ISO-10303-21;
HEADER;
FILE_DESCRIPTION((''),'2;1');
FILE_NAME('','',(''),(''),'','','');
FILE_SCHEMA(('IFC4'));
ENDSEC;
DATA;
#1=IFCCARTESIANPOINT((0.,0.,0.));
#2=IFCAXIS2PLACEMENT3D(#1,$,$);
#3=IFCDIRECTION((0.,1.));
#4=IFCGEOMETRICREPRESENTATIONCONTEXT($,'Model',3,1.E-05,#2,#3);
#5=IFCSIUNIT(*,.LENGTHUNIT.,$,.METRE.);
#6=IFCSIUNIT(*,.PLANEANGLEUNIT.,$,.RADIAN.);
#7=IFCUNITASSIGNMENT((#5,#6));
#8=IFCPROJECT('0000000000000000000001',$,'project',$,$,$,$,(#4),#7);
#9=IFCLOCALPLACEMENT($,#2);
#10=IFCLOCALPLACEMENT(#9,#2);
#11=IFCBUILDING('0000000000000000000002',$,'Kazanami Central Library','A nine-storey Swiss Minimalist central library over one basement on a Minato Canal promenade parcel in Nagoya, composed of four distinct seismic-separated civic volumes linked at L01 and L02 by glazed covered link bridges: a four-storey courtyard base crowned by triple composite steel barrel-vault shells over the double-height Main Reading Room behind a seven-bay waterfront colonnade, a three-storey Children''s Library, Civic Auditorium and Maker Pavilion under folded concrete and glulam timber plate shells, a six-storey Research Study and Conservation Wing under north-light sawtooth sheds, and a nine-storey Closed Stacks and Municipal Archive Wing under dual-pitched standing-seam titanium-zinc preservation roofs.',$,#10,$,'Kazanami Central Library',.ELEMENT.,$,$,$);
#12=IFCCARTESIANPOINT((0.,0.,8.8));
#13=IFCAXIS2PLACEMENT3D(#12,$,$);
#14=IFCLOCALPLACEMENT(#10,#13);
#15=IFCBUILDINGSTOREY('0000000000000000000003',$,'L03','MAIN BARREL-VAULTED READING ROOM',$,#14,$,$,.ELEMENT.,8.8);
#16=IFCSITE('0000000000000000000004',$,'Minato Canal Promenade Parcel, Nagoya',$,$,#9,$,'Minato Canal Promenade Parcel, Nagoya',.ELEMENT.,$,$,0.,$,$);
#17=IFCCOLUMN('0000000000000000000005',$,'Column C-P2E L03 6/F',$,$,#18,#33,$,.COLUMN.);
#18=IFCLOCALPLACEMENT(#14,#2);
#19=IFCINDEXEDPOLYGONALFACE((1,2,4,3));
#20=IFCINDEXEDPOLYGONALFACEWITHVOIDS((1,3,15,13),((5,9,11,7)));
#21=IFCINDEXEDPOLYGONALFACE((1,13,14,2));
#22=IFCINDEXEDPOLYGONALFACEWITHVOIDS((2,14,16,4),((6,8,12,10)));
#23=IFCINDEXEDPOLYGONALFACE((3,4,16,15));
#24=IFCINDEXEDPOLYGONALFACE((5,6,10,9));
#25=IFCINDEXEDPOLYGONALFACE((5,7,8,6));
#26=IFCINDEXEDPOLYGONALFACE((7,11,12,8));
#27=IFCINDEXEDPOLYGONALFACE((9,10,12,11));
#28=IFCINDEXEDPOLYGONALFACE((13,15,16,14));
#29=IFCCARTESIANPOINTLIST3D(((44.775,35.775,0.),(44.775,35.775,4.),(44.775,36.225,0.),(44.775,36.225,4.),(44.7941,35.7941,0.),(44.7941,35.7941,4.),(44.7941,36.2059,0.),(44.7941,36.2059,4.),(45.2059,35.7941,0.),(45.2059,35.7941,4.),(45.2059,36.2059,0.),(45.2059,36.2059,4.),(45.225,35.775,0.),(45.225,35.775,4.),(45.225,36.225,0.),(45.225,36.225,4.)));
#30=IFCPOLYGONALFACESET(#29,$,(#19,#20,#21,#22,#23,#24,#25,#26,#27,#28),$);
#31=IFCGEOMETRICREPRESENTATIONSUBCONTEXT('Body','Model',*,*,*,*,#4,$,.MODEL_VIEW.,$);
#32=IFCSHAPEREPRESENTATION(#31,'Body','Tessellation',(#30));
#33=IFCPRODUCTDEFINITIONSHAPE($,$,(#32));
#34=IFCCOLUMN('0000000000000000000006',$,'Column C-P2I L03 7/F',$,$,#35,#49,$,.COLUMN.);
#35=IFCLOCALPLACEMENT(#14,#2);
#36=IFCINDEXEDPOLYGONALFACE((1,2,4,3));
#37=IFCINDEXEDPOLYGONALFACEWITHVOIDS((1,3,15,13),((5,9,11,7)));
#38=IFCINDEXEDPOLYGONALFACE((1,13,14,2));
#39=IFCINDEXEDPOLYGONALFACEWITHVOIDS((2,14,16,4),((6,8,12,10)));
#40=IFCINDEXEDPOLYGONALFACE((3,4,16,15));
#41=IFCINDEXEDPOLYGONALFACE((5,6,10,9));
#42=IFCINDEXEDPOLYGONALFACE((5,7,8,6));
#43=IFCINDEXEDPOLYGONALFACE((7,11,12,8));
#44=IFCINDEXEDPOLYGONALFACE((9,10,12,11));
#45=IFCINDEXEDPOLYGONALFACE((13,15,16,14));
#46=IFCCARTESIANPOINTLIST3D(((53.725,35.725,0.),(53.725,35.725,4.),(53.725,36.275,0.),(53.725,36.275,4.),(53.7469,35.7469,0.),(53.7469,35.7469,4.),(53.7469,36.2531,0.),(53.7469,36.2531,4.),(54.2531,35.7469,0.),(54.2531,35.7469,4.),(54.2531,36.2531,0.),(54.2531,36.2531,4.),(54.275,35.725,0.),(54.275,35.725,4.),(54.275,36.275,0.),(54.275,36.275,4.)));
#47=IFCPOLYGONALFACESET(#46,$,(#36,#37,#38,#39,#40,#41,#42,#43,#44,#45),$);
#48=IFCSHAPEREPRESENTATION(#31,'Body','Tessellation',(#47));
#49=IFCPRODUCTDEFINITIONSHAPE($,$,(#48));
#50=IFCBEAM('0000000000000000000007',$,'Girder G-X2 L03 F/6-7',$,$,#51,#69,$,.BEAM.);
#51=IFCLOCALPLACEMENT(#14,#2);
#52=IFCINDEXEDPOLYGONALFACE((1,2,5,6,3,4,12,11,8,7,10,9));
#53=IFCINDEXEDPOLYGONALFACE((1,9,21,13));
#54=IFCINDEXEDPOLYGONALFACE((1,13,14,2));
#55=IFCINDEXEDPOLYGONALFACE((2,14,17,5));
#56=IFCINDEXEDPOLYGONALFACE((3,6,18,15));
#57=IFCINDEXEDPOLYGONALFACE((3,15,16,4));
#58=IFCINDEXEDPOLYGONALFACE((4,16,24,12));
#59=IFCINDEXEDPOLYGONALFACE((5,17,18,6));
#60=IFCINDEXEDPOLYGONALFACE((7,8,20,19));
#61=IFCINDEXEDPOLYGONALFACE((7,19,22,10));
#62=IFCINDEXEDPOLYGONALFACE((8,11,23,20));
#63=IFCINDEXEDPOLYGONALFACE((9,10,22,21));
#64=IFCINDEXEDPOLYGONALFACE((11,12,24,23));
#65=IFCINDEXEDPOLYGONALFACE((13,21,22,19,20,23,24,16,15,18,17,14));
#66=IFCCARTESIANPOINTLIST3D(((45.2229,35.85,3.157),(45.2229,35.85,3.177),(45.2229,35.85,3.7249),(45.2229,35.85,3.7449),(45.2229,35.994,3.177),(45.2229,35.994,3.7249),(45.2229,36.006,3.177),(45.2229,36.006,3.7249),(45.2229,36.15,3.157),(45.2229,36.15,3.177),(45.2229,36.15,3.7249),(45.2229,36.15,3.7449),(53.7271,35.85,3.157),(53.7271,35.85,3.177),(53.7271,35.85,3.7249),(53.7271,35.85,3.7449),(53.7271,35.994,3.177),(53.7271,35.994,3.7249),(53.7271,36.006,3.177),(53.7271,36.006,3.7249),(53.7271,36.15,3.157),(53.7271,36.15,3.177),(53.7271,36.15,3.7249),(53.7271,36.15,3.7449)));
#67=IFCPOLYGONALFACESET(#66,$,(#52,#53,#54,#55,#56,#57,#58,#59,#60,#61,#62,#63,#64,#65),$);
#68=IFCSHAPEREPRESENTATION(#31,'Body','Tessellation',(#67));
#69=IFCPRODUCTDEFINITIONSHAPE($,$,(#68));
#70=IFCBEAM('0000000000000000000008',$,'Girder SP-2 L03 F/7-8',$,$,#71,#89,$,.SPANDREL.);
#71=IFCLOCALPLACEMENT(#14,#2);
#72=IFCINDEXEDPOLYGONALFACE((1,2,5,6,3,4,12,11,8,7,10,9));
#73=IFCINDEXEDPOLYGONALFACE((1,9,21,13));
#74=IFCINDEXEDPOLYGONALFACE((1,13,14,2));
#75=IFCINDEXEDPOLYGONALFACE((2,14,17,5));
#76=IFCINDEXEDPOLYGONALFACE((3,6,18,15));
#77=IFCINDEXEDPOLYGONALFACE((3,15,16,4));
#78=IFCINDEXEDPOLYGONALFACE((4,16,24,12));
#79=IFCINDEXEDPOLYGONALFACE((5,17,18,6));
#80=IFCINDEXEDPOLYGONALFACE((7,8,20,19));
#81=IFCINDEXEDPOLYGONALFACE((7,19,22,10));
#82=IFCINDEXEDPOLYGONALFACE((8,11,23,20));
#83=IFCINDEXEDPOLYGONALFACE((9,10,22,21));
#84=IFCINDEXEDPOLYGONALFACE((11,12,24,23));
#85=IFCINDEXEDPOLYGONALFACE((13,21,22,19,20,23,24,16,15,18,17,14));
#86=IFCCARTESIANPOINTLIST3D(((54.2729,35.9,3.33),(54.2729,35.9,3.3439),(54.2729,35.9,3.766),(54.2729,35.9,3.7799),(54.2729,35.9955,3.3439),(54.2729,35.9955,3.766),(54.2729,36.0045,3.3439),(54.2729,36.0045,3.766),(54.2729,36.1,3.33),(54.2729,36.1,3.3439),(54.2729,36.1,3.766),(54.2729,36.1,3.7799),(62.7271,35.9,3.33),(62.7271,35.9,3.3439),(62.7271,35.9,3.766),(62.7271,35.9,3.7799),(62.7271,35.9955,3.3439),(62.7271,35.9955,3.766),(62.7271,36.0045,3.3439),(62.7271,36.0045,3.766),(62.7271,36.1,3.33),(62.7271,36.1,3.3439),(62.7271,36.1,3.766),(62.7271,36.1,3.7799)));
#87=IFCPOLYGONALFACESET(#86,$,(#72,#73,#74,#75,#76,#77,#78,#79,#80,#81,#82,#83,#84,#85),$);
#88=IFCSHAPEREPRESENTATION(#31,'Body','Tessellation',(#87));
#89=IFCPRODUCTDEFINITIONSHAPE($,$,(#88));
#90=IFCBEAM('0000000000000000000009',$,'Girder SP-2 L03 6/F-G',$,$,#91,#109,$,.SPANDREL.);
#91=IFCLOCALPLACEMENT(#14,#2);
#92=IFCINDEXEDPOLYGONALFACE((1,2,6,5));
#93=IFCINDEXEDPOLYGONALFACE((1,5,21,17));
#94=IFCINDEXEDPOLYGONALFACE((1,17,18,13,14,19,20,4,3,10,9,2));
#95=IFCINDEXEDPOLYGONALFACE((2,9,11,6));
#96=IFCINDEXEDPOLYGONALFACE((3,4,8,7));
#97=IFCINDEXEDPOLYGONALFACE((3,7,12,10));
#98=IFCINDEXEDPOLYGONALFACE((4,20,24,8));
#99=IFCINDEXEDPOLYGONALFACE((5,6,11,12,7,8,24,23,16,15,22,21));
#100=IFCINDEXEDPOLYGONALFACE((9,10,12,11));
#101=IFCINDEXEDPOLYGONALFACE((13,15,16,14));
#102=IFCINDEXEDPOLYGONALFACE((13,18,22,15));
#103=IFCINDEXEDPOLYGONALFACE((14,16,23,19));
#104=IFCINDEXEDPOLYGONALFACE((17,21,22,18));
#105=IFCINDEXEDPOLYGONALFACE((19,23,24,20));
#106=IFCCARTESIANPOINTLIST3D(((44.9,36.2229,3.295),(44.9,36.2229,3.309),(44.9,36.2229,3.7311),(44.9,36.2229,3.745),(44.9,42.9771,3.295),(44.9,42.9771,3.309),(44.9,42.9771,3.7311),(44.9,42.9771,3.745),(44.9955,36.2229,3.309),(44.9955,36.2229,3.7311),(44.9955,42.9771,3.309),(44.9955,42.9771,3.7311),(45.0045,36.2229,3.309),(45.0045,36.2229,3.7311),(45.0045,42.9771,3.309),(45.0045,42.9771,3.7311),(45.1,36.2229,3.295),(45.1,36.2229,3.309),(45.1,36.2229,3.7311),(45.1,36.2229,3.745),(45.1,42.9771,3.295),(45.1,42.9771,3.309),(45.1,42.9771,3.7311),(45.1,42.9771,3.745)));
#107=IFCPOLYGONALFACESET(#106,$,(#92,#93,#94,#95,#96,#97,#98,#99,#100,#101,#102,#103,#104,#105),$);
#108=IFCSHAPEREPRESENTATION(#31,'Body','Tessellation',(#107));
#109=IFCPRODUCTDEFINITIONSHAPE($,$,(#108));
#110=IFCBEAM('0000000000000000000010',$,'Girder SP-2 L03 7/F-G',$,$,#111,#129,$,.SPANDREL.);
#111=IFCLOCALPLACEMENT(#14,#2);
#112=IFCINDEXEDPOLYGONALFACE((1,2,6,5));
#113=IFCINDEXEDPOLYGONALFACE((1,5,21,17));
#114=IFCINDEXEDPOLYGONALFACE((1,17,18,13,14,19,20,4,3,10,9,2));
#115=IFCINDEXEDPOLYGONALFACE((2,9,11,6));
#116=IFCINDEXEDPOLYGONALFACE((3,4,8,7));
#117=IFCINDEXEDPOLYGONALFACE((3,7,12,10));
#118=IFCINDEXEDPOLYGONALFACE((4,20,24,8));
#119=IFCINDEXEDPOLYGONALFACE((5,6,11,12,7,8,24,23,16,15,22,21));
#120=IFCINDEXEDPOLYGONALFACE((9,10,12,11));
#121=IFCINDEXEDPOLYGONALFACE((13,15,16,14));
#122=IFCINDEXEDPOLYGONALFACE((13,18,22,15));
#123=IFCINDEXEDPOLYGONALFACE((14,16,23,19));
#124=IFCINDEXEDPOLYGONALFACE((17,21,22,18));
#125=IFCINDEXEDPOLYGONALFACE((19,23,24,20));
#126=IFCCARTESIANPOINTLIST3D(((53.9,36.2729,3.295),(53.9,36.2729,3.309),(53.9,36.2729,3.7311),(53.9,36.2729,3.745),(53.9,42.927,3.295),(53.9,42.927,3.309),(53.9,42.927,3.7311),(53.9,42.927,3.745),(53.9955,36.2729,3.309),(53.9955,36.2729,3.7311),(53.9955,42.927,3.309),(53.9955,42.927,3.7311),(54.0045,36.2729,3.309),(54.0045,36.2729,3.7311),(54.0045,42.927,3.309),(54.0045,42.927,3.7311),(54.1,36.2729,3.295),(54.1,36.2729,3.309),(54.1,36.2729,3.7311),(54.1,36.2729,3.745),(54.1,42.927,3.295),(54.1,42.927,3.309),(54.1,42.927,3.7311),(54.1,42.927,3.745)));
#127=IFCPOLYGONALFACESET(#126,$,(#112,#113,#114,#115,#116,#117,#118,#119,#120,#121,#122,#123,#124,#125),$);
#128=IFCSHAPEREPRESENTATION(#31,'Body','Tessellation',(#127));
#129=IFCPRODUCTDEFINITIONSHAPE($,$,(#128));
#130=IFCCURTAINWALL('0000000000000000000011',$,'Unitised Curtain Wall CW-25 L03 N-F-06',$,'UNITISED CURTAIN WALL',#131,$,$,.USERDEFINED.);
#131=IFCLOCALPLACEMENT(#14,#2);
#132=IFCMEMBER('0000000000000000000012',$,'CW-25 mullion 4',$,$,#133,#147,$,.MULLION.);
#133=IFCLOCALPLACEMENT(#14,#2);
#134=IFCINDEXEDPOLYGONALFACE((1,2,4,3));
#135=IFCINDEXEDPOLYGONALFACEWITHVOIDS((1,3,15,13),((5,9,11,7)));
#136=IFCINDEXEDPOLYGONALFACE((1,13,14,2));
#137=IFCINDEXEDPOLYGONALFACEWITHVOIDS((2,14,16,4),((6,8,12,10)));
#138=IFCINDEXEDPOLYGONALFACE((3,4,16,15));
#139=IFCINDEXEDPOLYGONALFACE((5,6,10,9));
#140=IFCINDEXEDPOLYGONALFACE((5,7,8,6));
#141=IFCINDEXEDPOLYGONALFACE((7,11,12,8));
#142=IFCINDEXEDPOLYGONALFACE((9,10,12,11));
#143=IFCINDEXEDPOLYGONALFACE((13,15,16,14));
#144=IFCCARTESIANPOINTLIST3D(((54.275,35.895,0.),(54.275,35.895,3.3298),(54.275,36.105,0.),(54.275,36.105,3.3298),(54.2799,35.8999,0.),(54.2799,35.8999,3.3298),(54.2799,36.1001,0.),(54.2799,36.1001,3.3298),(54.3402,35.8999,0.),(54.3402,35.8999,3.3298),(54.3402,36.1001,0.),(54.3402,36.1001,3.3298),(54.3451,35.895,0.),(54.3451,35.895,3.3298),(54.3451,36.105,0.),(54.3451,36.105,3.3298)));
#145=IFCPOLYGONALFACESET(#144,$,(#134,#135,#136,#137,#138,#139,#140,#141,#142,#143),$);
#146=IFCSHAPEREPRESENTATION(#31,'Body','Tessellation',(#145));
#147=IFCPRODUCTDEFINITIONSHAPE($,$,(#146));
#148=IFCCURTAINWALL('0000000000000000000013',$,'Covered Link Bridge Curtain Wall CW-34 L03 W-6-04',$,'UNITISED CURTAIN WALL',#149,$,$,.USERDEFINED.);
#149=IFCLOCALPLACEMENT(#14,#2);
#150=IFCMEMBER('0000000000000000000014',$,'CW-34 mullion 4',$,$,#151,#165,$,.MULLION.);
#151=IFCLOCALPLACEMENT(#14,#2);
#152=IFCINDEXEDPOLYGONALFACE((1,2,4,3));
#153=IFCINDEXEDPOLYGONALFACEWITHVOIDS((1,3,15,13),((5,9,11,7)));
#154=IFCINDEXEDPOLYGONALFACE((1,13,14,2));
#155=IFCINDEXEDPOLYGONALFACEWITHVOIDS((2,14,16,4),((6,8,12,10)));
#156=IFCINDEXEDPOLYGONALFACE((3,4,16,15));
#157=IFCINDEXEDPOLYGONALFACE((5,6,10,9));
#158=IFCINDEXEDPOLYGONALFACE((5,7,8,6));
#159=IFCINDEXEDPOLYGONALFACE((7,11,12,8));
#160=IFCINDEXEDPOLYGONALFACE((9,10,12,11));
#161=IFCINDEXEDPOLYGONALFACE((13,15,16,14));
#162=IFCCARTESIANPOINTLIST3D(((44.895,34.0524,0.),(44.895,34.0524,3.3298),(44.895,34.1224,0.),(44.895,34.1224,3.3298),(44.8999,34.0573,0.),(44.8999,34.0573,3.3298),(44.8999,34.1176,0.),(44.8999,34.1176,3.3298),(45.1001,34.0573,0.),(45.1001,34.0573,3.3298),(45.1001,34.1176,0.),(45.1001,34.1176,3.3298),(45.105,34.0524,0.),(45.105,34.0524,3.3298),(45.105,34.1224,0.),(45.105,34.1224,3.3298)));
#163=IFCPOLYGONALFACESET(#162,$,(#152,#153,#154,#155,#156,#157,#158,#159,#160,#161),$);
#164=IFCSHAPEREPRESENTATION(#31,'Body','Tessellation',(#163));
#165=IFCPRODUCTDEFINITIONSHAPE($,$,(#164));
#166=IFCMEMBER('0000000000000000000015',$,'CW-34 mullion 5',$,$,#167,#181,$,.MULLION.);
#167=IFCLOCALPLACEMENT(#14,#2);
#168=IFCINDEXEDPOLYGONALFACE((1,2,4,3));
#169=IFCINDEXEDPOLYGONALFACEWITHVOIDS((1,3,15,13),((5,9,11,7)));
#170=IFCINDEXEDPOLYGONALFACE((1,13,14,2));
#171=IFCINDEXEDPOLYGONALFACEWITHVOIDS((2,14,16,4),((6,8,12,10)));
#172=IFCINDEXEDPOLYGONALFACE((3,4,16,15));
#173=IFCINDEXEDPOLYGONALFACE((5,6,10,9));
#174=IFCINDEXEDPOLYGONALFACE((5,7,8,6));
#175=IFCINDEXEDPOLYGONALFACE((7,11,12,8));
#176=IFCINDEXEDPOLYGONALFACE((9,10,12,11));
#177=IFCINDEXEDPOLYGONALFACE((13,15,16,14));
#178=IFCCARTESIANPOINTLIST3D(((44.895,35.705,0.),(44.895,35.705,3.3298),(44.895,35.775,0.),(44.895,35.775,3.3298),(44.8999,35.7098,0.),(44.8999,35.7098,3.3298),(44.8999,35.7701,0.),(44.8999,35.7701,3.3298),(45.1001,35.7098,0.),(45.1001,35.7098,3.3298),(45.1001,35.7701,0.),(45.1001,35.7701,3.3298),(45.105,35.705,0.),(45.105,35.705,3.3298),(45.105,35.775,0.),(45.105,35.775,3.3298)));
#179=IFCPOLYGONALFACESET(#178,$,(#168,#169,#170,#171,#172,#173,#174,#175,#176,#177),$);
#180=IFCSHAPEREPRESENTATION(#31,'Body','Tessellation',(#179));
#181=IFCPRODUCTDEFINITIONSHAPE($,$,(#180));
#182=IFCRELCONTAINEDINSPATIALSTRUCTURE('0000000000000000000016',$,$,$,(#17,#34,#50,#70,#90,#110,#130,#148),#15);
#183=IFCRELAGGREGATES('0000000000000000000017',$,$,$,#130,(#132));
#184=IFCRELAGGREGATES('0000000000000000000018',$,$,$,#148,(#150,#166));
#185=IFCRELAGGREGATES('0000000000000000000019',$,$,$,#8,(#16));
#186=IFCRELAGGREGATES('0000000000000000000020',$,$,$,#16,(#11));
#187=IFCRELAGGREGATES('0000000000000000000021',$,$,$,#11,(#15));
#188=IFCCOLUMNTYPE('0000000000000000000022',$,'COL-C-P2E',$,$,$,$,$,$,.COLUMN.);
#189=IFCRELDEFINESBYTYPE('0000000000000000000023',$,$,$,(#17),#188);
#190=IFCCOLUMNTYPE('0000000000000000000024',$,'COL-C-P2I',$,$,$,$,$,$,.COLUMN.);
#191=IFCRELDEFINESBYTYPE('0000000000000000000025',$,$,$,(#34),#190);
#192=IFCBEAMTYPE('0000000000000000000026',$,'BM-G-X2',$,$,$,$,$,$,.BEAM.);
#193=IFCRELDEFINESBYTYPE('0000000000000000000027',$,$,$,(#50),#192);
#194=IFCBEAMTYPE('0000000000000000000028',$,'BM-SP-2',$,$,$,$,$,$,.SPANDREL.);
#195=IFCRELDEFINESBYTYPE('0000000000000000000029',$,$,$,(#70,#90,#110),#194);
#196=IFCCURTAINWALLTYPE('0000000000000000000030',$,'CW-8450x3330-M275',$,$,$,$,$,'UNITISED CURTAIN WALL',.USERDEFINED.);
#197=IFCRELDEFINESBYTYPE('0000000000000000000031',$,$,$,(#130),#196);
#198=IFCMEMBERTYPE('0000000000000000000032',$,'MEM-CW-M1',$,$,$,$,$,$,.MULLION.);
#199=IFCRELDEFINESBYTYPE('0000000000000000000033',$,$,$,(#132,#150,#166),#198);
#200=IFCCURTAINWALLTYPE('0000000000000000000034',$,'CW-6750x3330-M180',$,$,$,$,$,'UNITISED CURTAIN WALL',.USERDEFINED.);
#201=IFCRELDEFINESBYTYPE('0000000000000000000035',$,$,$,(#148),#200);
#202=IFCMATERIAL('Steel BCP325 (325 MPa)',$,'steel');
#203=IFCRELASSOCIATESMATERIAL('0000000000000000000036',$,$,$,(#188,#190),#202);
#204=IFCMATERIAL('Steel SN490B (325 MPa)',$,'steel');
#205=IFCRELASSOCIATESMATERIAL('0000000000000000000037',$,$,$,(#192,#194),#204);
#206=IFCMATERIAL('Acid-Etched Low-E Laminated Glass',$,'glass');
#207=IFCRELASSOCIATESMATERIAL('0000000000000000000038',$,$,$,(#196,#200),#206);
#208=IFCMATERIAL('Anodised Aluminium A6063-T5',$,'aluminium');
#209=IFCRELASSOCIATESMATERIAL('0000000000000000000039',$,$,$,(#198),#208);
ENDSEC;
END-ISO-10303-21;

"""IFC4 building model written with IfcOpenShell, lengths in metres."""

from ifc_helpers import new_model, si_unit, direction, frame, origin, origin_2d, place, context, subcontext, project, spatial, hollow_rectangle, i_section, extrude, material, material_profile, profile_set, type_object, element, aggregate, save


model = new_model("IFC4")

# Units and contexts
model_context = context("Model", 3, precision=1e-05, world=origin(), true_north=direction((0.0, 1.0)))
body_context = subcontext(model_context, "Body", "Model", "MODEL_VIEW")
ifc_project = project(units=[si_unit("LENGTHUNIT", "METRE"), si_unit("PLANEANGLEUNIT", "RADIAN")], contexts=[model_context])

# Site, building, storey
site_placement = place(None, origin())
site = spatial("IfcSite", under=ifc_project, at=site_placement, Name="Minato Canal Promenade Parcel, Nagoya", LongName="Minato Canal Promenade Parcel, Nagoya", CompositionType="ELEMENT", RefElevation=0.0)
building_placement = place(site_placement, origin())
building = spatial("IfcBuilding", under=site, at=building_placement, Name="Kazanami Central Library", Description="A nine-storey Swiss Minimalist central library over one basement on a Minato Canal promenade parcel in Nagoya, composed of four distinct seismic-separated civic volumes linked at L01 and L02 by glazed covered link bridges: a four-storey courtyard base crowned by triple composite steel barrel-vault shells over the double-height Main Reading Room behind a seven-bay waterfront colonnade, a three-storey Children's Library, Civic Auditorium and Maker Pavilion under folded concrete and glulam timber plate shells, a six-storey Research Study and Conservation Wing under north-light sawtooth sheds, and a nine-storey Closed Stacks and Municipal Archive Wing under dual-pitched standing-seam titanium-zinc preservation roofs.", LongName="Kazanami Central Library", CompositionType="ELEMENT")
storey_placement = place(building_placement, frame((0.0, 0.0, 8.8)))
storey = spatial("IfcBuildingStorey", under=building, at=storey_placement, Name="L03", Description="MAIN BARREL-VAULTED READING ROOM", CompositionType="ELEMENT", Elevation=8.8)

# Columns
ifc_material_1 = material(Name="Steel BCP325 (325 MPa)", Category="steel")
ifc_material_profile_1 = material_profile(ifc_material_1, hollow_rectangle(XDim=0.45, YDim=0.45, WallThickness=0.019, at=origin_2d()), Name="BCP-450x450x19")
ifc_profile_set_1 = profile_set([ifc_material_profile_1], Name="Steel BCP325 (325 MPa)")
column_type_1 = type_object("IfcColumnType", Name="COL-C-P2E", PredefinedType="COLUMN", material=ifc_profile_set_1)
column_1_placement = place(storey_placement, frame((45.0, 36.0, 0.0), z_axis=(0.0, 0.0, 1.0), x_axis=(1.0, 0.0, 0.0)))
element("IfcColumn", 1, at=column_1_placement, inside=storey, type_object=column_type_1, Name="Column C-P2E L03 6/F", PredefinedType="COLUMN", context=body_context, shape_type="SweptSolid", body=[
    extrude(hollow_rectangle(XDim=0.45, YDim=0.45, WallThickness=0.019, at=origin_2d()), origin(), (0.0, 0.0, 1.0), 4.0),
])
ifc_material_profile_2 = material_profile(ifc_material_1, hollow_rectangle(XDim=0.55, YDim=0.55, WallThickness=0.022, at=origin_2d()), Name="BCP-550x550x22")
ifc_profile_set_2 = profile_set([ifc_material_profile_2], Name="Steel BCP325 (325 MPa)")
column_type_2 = type_object("IfcColumnType", Name="COL-C-P2I", PredefinedType="COLUMN", material=ifc_profile_set_2)
column_2_placement = place(storey_placement, frame((54.0, 36.0, 0.0), z_axis=(0.0, 0.0, 1.0), x_axis=(1.0, 0.0, 0.0)))
element("IfcColumn", 2, at=column_2_placement, inside=storey, type_object=column_type_2, Name="Column C-P2I L03 7/F", PredefinedType="COLUMN", context=body_context, shape_type="SweptSolid", body=[
    extrude(hollow_rectangle(XDim=0.55, YDim=0.55, WallThickness=0.022, at=origin_2d()), origin(), (0.0, 0.0, 1.0), 4.0),
])

# Beams
ifc_material_2 = material(Name="Steel SN490B (325 MPa)", Category="steel")
ifc_material_profile_3 = material_profile(ifc_material_2, i_section(OverallWidth=0.3, OverallDepth=0.5879, WebThickness=0.012, FlangeThickness=0.02, at=origin_2d()), Name="H-588x300x12x20")
ifc_profile_set_3 = profile_set([ifc_material_profile_3], Name="Steel SN490B (325 MPa)")
beam_type_1 = type_object("IfcBeamType", Name="BM-G-X2", PredefinedType="BEAM", material=ifc_profile_set_3)
beam_1_placement = place(storey_placement, frame((45.2229, 36.0, 3.4509), z_axis=(1.0, 0.0, 0.0), x_axis=(0.0, 1.0, 0.0)))
element("IfcBeam", 3, at=beam_1_placement, inside=storey, type_object=beam_type_1, Name="Girder G-X2 L03 F/6-7", PredefinedType="BEAM", context=body_context, shape_type="SweptSolid", body=[
    extrude(i_section(OverallWidth=0.3, OverallDepth=0.5879, WebThickness=0.012, FlangeThickness=0.02, at=origin_2d()), origin(), (0.0, 0.0, 1.0), 8.5042),
])
ifc_material_profile_4 = material_profile(ifc_material_2, i_section(OverallWidth=0.2, OverallDepth=0.45, WebThickness=0.009, FlangeThickness=0.0139, at=origin_2d()), Name="H-450x200x9x14")
ifc_profile_set_4 = profile_set([ifc_material_profile_4], Name="Steel SN490B (325 MPa)")
beam_type_2 = type_object("IfcBeamType", Name="BM-SP-2", PredefinedType="SPANDREL", material=ifc_profile_set_4)
beam_2_placement = place(storey_placement, frame((54.2729, 36.0, 3.5549), z_axis=(1.0, 0.0, 0.0), x_axis=(0.0, 1.0, 0.0)))
element("IfcBeam", 4, at=beam_2_placement, inside=storey, type_object=beam_type_2, Name="Girder SP-2 L03 F/7-8", PredefinedType="SPANDREL", context=body_context, shape_type="SweptSolid", body=[
    extrude(i_section(OverallWidth=0.2, OverallDepth=0.45, WebThickness=0.009, FlangeThickness=0.0139, at=origin_2d()), origin(), (0.0, 0.0, 1.0), 8.4541),
])
beam_3_placement = place(storey_placement, frame((45.0, 36.2229, 3.52), z_axis=(0.0, 1.0, 0.0), x_axis=(-1.0, 0.0, 0.0)))
element("IfcBeam", 5, at=beam_3_placement, inside=storey, type_object=beam_type_2, Name="Girder SP-2 L03 6/F-G", PredefinedType="SPANDREL", context=body_context, shape_type="SweptSolid", body=[
    extrude(i_section(OverallWidth=0.2, OverallDepth=0.45, WebThickness=0.009, FlangeThickness=0.0139, at=origin_2d()), origin(), (0.0, 0.0, 1.0), 6.7542),
])
beam_4_placement = place(storey_placement, frame((54.0, 36.2729, 3.52), z_axis=(0.0, 1.0, 0.0), x_axis=(-1.0, 0.0, 0.0)))
element("IfcBeam", 6, at=beam_4_placement, inside=storey, type_object=beam_type_2, Name="Girder SP-2 L03 7/F-G", PredefinedType="SPANDREL", context=body_context, shape_type="SweptSolid", body=[
    extrude(i_section(OverallWidth=0.2, OverallDepth=0.45, WebThickness=0.009, FlangeThickness=0.0139, at=origin_2d()), origin(), (0.0, 0.0, 1.0), 6.6541),
])

# Curtain wall, member
ifc_material_3 = material(Name="Acid-Etched Low-E Laminated Glass", Category="glass")
curtain_wall_type_1 = type_object("IfcCurtainWallType", Name="CW-8450x3330-M275", ElementType="UNITISED CURTAIN WALL", PredefinedType="USERDEFINED", material=ifc_material_3)
curtain_wall_1_placement = place(storey_placement, origin())
curtain_wall_1 = element("IfcCurtainWall", 7, at=curtain_wall_1_placement, inside=storey, type_object=curtain_wall_type_1, Name="Unitised Curtain Wall CW-25 L03 N-F-06", ObjectType="UNITISED CURTAIN WALL", PredefinedType="USERDEFINED")
ifc_material_4 = material(Name="Anodised Aluminium A6063-T5", Category="aluminium")
ifc_material_profile_5 = material_profile(ifc_material_4, hollow_rectangle(XDim=0.0701, YDim=0.21, WallThickness=0.0049, at=origin_2d()), Name="ALU-MULL-70x210x5")
ifc_profile_set_5 = profile_set([ifc_material_profile_5], Name="Anodised Aluminium A6063-T5")
member_type_1 = type_object("IfcMemberType", Name="MEM-CW-M1", PredefinedType="MULLION", material=ifc_profile_set_5)
member_1_placement = place(storey_placement, frame((54.3101, 36.0, 0.0), z_axis=(0.0, 0.0, 1.0), x_axis=(-1.0, 0.0, 0.0)))
member_1 = element("IfcMember", 8, at=member_1_placement, type_object=member_type_1, Name="CW-25 mullion 4", PredefinedType="MULLION", context=body_context, shape_type="SweptSolid", body=[
    extrude(hollow_rectangle(XDim=0.0701, YDim=0.21, WallThickness=0.0049, at=origin_2d()), origin(), (0.0, 0.0, 1.0), 3.3298),
])

# Curtain wall, members
curtain_wall_type_2 = type_object("IfcCurtainWallType", Name="CW-6750x3330-M180", ElementType="UNITISED CURTAIN WALL", PredefinedType="USERDEFINED", material=ifc_material_3)
curtain_wall_2_placement = place(storey_placement, origin())
curtain_wall_2 = element("IfcCurtainWall", 9, at=curtain_wall_2_placement, inside=storey, type_object=curtain_wall_type_2, Name="Covered Link Bridge Curtain Wall CW-34 L03 W-6-04", ObjectType="UNITISED CURTAIN WALL", PredefinedType="USERDEFINED")
member_2_placement = place(storey_placement, frame((45.0, 34.0874, 0.0), z_axis=(0.0, 0.0, 1.0), x_axis=(0.0, 1.0, 0.0)))
member_2 = element("IfcMember", 10, at=member_2_placement, type_object=member_type_1, Name="CW-34 mullion 4", PredefinedType="MULLION", context=body_context, shape_type="SweptSolid", body=[
    extrude(hollow_rectangle(XDim=0.0701, YDim=0.21, WallThickness=0.0049, at=origin_2d()), origin(), (0.0, 0.0, 1.0), 3.3298),
])
member_3_placement = place(storey_placement, frame((45.0, 35.74, 0.0), z_axis=(0.0, 0.0, 1.0), x_axis=(0.0, 1.0, 0.0)))
member_3 = element("IfcMember", 11, at=member_3_placement, type_object=member_type_1, Name="CW-34 mullion 5", PredefinedType="MULLION", context=body_context, shape_type="SweptSolid", body=[
    extrude(hollow_rectangle(XDim=0.0701, YDim=0.21, WallThickness=0.0049, at=origin_2d()), origin(), (0.0, 0.0, 1.0), 3.3298),
])

aggregate(curtain_wall_1, [member_1])
aggregate(curtain_wall_2, [member_2, member_3])

save(model, "model.ifc")
